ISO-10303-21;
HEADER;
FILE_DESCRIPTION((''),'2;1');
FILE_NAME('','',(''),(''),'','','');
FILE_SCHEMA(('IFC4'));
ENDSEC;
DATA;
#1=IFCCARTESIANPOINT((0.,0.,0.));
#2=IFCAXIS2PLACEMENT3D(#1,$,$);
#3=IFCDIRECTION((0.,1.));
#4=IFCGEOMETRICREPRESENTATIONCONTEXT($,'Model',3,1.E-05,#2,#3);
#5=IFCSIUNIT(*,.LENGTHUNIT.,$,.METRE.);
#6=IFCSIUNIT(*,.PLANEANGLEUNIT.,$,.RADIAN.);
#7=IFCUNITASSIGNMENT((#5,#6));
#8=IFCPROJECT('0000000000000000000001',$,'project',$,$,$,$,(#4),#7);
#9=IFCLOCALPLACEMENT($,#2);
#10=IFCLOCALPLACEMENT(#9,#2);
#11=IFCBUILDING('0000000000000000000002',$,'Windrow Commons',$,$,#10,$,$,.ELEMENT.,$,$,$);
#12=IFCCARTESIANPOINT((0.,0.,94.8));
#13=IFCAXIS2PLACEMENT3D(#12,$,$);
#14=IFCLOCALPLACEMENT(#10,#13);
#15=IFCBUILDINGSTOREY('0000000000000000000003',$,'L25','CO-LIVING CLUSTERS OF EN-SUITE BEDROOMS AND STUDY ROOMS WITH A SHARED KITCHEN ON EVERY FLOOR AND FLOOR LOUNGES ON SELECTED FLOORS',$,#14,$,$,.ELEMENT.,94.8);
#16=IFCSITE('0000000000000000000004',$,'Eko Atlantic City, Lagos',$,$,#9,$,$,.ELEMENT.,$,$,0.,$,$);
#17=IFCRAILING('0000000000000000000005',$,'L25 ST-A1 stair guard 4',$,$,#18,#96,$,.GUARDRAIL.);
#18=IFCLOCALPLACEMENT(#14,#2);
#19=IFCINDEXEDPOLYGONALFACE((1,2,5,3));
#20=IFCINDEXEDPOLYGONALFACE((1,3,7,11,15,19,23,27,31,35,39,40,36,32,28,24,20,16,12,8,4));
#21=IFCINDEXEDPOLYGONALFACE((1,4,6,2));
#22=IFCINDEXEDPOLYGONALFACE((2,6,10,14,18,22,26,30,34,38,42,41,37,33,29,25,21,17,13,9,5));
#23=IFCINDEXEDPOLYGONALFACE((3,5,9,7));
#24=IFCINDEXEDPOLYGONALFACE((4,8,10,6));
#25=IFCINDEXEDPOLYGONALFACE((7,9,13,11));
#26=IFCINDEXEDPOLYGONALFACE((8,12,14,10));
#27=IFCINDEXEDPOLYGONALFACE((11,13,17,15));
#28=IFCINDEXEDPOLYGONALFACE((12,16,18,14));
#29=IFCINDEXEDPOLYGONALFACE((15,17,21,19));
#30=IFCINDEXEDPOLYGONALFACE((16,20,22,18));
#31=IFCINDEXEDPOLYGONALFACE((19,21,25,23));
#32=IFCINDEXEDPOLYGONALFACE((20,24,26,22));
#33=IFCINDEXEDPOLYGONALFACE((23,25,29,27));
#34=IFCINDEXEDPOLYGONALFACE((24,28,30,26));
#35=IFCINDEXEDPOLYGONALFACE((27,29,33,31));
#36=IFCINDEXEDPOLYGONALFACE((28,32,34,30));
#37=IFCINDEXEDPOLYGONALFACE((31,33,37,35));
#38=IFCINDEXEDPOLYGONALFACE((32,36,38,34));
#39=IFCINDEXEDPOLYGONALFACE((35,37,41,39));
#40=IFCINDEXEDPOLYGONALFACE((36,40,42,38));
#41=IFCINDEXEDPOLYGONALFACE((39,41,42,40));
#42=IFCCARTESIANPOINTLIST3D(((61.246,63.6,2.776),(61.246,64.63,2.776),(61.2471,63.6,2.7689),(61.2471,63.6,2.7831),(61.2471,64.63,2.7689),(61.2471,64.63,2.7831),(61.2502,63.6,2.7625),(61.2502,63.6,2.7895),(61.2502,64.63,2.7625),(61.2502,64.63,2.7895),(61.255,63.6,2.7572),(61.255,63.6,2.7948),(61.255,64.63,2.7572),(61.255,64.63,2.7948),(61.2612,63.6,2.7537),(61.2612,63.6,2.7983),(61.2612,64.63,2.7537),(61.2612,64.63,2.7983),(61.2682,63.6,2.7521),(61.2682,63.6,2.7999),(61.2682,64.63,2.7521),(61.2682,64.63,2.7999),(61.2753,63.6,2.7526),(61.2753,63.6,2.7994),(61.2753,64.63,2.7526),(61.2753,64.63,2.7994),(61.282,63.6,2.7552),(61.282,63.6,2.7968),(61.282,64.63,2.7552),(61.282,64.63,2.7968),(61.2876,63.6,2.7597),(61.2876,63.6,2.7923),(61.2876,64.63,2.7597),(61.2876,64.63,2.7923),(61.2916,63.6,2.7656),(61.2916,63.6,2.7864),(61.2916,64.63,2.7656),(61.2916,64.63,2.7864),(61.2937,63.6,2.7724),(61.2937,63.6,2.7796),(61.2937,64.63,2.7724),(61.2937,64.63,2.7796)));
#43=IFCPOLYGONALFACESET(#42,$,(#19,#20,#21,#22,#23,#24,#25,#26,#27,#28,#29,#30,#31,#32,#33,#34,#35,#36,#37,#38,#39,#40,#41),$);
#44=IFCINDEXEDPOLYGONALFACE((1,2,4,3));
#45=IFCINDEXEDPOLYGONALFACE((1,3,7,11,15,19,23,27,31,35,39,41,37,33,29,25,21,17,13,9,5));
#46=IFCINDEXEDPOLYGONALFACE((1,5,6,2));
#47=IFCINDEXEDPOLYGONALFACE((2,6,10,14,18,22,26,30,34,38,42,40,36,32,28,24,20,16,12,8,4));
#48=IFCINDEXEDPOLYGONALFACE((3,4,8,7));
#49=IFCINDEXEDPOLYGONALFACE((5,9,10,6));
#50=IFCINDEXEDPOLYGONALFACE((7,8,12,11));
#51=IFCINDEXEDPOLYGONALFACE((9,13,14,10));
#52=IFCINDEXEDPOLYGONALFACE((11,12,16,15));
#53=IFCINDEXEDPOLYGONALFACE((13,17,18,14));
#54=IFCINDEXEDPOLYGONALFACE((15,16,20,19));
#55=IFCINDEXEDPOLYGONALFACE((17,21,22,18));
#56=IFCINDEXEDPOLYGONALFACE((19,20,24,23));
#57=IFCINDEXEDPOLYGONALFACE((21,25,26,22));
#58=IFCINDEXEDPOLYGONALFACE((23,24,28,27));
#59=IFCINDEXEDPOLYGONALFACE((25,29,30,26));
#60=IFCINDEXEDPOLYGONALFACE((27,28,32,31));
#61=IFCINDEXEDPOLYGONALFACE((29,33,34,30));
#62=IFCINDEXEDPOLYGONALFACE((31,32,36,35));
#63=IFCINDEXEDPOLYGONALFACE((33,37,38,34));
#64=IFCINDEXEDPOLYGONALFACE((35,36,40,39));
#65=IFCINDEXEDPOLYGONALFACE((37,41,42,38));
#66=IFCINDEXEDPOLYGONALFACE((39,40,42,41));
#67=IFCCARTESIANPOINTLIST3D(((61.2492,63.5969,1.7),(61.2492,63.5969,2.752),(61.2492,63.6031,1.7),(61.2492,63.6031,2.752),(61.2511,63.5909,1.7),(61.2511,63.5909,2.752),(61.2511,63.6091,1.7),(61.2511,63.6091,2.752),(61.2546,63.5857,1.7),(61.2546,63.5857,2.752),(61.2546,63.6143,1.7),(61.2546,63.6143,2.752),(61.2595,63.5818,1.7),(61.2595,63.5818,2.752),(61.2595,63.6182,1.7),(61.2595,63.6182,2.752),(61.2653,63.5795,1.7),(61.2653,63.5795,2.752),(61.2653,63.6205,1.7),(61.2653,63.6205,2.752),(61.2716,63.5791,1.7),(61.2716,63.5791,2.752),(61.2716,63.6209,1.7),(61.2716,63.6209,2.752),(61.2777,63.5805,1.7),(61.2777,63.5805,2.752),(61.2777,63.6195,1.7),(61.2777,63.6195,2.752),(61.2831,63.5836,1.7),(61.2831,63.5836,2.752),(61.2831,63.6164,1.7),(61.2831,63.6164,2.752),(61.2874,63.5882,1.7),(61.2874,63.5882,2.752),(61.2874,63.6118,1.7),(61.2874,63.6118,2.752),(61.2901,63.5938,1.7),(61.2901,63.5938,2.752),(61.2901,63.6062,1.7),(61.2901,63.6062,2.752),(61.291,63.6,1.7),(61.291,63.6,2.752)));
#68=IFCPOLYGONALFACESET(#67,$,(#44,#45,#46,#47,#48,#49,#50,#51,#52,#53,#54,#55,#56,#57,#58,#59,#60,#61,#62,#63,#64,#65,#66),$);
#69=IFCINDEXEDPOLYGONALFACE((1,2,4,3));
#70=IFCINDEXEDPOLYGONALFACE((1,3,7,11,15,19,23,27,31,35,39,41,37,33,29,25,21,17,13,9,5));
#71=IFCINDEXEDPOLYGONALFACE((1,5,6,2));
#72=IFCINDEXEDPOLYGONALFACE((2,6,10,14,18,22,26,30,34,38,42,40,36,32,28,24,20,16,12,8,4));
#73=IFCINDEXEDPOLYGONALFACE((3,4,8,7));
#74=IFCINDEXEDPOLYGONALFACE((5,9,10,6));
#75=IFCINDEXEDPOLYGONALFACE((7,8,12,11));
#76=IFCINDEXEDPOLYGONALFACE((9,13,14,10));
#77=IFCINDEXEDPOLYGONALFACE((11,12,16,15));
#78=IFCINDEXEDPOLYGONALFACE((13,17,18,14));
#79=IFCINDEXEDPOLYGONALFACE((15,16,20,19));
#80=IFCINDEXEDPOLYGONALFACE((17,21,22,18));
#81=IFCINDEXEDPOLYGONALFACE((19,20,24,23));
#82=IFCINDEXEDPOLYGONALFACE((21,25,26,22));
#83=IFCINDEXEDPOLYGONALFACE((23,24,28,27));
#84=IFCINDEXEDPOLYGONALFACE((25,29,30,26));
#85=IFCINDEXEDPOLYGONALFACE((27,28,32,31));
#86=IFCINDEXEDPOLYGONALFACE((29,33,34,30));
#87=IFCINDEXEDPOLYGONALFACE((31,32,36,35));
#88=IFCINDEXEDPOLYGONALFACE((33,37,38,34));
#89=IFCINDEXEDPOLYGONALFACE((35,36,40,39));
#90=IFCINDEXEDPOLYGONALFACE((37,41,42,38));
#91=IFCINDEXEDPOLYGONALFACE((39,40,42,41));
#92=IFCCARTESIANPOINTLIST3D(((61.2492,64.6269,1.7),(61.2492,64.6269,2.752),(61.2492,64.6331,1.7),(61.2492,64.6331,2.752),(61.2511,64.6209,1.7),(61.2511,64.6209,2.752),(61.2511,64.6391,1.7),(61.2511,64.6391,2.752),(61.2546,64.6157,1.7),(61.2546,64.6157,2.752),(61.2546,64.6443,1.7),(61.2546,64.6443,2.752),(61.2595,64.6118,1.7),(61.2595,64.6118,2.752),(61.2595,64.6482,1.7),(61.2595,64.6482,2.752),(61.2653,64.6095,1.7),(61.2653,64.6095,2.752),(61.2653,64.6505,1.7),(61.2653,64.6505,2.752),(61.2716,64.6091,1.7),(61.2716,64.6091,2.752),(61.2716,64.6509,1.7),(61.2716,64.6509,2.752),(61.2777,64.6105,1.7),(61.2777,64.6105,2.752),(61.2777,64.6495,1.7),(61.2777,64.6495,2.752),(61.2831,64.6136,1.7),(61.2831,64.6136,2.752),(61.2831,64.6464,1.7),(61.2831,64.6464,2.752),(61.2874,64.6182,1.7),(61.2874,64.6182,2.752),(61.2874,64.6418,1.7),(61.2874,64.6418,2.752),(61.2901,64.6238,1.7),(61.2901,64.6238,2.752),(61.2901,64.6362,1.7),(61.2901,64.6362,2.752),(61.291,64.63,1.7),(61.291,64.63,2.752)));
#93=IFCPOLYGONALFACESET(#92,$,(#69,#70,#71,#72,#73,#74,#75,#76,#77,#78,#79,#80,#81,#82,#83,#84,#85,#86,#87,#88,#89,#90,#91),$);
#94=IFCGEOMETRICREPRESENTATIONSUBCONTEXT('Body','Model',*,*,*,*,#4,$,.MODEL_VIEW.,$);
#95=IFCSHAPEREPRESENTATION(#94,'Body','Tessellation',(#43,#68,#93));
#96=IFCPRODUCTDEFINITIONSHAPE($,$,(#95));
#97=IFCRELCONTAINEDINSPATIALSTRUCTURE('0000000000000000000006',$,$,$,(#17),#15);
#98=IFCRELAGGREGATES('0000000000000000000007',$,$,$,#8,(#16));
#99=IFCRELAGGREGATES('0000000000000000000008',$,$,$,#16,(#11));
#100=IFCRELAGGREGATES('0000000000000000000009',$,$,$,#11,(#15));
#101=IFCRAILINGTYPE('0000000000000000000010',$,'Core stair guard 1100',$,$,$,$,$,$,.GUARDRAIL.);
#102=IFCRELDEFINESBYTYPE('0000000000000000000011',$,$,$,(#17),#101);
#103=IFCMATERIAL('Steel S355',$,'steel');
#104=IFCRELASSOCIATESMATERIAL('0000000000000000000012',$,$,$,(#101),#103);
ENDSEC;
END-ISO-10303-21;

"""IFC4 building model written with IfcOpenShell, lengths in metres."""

from ifc_helpers import new_model, si_unit, direction, frame, origin, origin_2d, place, context, subcontext, project, spatial, circle, extrude, material, type_object, element, save


model = new_model("IFC4")

# Units and contexts
model_context = context("Model", 3, precision=1e-05, world=origin(), true_north=direction((0.0, 1.0)))
body_context = subcontext(model_context, "Body", "Model", "MODEL_VIEW")
ifc_project = project(units=[si_unit("LENGTHUNIT", "METRE"), si_unit("PLANEANGLEUNIT", "RADIAN")], contexts=[model_context])

# Site, building, storey
site_placement = place(None, origin())
site = spatial("IfcSite", under=ifc_project, at=site_placement, Name="Eko Atlantic City, Lagos", CompositionType="ELEMENT", RefElevation=0.0)
building_placement = place(site_placement, origin())
building = spatial("IfcBuilding", under=site, at=building_placement, Name="Windrow Commons", CompositionType="ELEMENT")
storey_placement = place(building_placement, frame((0.0, 0.0, 94.8)))
storey = spatial("IfcBuildingStorey", under=building, at=storey_placement, Name="L25", Description="CO-LIVING CLUSTERS OF EN-SUITE BEDROOMS AND STUDY ROOMS WITH A SHARED KITCHEN ON EVERY FLOOR AND FLOOR LOUNGES ON SELECTED FLOORS", CompositionType="ELEMENT", Elevation=94.8)

# Railing
ifc_material_1 = material(Name="Steel S355", Category="steel")
railing_type_1 = type_object("IfcRailingType", Name="Core stair guard 1100", PredefinedType="GUARDRAIL", material=ifc_material_1)
for number, where, name in (
    (1, (61.27, 63.6, 1.7), "L25 ST-A1 stair guard 4"),
):
    element("IfcRailing", number, at=place(storey_placement, frame(where)), inside=storey, type_object=railing_type_1, Name=name, PredefinedType="GUARDRAIL", context=body_context, shape_type="SweptSolid", body=[
        extrude(circle(Radius=0.024, at=origin_2d()), frame((0.0, 0.0, 1.076), z_axis=(0.0, 1.0, 0.0), x_axis=(-1.0, 0.0, 0.0)), (0.0, 0.0, 1.0), 1.03),
        extrude(circle(Radius=0.021, at=origin_2d()), origin(), (0.0, 0.0, 1.0), 1.052),
        extrude(circle(Radius=0.021, at=origin_2d()), frame((0.0, 1.03, 0.0)), (0.0, 0.0, 1.0), 1.052),
    ])

save(model, "model.ifc")
